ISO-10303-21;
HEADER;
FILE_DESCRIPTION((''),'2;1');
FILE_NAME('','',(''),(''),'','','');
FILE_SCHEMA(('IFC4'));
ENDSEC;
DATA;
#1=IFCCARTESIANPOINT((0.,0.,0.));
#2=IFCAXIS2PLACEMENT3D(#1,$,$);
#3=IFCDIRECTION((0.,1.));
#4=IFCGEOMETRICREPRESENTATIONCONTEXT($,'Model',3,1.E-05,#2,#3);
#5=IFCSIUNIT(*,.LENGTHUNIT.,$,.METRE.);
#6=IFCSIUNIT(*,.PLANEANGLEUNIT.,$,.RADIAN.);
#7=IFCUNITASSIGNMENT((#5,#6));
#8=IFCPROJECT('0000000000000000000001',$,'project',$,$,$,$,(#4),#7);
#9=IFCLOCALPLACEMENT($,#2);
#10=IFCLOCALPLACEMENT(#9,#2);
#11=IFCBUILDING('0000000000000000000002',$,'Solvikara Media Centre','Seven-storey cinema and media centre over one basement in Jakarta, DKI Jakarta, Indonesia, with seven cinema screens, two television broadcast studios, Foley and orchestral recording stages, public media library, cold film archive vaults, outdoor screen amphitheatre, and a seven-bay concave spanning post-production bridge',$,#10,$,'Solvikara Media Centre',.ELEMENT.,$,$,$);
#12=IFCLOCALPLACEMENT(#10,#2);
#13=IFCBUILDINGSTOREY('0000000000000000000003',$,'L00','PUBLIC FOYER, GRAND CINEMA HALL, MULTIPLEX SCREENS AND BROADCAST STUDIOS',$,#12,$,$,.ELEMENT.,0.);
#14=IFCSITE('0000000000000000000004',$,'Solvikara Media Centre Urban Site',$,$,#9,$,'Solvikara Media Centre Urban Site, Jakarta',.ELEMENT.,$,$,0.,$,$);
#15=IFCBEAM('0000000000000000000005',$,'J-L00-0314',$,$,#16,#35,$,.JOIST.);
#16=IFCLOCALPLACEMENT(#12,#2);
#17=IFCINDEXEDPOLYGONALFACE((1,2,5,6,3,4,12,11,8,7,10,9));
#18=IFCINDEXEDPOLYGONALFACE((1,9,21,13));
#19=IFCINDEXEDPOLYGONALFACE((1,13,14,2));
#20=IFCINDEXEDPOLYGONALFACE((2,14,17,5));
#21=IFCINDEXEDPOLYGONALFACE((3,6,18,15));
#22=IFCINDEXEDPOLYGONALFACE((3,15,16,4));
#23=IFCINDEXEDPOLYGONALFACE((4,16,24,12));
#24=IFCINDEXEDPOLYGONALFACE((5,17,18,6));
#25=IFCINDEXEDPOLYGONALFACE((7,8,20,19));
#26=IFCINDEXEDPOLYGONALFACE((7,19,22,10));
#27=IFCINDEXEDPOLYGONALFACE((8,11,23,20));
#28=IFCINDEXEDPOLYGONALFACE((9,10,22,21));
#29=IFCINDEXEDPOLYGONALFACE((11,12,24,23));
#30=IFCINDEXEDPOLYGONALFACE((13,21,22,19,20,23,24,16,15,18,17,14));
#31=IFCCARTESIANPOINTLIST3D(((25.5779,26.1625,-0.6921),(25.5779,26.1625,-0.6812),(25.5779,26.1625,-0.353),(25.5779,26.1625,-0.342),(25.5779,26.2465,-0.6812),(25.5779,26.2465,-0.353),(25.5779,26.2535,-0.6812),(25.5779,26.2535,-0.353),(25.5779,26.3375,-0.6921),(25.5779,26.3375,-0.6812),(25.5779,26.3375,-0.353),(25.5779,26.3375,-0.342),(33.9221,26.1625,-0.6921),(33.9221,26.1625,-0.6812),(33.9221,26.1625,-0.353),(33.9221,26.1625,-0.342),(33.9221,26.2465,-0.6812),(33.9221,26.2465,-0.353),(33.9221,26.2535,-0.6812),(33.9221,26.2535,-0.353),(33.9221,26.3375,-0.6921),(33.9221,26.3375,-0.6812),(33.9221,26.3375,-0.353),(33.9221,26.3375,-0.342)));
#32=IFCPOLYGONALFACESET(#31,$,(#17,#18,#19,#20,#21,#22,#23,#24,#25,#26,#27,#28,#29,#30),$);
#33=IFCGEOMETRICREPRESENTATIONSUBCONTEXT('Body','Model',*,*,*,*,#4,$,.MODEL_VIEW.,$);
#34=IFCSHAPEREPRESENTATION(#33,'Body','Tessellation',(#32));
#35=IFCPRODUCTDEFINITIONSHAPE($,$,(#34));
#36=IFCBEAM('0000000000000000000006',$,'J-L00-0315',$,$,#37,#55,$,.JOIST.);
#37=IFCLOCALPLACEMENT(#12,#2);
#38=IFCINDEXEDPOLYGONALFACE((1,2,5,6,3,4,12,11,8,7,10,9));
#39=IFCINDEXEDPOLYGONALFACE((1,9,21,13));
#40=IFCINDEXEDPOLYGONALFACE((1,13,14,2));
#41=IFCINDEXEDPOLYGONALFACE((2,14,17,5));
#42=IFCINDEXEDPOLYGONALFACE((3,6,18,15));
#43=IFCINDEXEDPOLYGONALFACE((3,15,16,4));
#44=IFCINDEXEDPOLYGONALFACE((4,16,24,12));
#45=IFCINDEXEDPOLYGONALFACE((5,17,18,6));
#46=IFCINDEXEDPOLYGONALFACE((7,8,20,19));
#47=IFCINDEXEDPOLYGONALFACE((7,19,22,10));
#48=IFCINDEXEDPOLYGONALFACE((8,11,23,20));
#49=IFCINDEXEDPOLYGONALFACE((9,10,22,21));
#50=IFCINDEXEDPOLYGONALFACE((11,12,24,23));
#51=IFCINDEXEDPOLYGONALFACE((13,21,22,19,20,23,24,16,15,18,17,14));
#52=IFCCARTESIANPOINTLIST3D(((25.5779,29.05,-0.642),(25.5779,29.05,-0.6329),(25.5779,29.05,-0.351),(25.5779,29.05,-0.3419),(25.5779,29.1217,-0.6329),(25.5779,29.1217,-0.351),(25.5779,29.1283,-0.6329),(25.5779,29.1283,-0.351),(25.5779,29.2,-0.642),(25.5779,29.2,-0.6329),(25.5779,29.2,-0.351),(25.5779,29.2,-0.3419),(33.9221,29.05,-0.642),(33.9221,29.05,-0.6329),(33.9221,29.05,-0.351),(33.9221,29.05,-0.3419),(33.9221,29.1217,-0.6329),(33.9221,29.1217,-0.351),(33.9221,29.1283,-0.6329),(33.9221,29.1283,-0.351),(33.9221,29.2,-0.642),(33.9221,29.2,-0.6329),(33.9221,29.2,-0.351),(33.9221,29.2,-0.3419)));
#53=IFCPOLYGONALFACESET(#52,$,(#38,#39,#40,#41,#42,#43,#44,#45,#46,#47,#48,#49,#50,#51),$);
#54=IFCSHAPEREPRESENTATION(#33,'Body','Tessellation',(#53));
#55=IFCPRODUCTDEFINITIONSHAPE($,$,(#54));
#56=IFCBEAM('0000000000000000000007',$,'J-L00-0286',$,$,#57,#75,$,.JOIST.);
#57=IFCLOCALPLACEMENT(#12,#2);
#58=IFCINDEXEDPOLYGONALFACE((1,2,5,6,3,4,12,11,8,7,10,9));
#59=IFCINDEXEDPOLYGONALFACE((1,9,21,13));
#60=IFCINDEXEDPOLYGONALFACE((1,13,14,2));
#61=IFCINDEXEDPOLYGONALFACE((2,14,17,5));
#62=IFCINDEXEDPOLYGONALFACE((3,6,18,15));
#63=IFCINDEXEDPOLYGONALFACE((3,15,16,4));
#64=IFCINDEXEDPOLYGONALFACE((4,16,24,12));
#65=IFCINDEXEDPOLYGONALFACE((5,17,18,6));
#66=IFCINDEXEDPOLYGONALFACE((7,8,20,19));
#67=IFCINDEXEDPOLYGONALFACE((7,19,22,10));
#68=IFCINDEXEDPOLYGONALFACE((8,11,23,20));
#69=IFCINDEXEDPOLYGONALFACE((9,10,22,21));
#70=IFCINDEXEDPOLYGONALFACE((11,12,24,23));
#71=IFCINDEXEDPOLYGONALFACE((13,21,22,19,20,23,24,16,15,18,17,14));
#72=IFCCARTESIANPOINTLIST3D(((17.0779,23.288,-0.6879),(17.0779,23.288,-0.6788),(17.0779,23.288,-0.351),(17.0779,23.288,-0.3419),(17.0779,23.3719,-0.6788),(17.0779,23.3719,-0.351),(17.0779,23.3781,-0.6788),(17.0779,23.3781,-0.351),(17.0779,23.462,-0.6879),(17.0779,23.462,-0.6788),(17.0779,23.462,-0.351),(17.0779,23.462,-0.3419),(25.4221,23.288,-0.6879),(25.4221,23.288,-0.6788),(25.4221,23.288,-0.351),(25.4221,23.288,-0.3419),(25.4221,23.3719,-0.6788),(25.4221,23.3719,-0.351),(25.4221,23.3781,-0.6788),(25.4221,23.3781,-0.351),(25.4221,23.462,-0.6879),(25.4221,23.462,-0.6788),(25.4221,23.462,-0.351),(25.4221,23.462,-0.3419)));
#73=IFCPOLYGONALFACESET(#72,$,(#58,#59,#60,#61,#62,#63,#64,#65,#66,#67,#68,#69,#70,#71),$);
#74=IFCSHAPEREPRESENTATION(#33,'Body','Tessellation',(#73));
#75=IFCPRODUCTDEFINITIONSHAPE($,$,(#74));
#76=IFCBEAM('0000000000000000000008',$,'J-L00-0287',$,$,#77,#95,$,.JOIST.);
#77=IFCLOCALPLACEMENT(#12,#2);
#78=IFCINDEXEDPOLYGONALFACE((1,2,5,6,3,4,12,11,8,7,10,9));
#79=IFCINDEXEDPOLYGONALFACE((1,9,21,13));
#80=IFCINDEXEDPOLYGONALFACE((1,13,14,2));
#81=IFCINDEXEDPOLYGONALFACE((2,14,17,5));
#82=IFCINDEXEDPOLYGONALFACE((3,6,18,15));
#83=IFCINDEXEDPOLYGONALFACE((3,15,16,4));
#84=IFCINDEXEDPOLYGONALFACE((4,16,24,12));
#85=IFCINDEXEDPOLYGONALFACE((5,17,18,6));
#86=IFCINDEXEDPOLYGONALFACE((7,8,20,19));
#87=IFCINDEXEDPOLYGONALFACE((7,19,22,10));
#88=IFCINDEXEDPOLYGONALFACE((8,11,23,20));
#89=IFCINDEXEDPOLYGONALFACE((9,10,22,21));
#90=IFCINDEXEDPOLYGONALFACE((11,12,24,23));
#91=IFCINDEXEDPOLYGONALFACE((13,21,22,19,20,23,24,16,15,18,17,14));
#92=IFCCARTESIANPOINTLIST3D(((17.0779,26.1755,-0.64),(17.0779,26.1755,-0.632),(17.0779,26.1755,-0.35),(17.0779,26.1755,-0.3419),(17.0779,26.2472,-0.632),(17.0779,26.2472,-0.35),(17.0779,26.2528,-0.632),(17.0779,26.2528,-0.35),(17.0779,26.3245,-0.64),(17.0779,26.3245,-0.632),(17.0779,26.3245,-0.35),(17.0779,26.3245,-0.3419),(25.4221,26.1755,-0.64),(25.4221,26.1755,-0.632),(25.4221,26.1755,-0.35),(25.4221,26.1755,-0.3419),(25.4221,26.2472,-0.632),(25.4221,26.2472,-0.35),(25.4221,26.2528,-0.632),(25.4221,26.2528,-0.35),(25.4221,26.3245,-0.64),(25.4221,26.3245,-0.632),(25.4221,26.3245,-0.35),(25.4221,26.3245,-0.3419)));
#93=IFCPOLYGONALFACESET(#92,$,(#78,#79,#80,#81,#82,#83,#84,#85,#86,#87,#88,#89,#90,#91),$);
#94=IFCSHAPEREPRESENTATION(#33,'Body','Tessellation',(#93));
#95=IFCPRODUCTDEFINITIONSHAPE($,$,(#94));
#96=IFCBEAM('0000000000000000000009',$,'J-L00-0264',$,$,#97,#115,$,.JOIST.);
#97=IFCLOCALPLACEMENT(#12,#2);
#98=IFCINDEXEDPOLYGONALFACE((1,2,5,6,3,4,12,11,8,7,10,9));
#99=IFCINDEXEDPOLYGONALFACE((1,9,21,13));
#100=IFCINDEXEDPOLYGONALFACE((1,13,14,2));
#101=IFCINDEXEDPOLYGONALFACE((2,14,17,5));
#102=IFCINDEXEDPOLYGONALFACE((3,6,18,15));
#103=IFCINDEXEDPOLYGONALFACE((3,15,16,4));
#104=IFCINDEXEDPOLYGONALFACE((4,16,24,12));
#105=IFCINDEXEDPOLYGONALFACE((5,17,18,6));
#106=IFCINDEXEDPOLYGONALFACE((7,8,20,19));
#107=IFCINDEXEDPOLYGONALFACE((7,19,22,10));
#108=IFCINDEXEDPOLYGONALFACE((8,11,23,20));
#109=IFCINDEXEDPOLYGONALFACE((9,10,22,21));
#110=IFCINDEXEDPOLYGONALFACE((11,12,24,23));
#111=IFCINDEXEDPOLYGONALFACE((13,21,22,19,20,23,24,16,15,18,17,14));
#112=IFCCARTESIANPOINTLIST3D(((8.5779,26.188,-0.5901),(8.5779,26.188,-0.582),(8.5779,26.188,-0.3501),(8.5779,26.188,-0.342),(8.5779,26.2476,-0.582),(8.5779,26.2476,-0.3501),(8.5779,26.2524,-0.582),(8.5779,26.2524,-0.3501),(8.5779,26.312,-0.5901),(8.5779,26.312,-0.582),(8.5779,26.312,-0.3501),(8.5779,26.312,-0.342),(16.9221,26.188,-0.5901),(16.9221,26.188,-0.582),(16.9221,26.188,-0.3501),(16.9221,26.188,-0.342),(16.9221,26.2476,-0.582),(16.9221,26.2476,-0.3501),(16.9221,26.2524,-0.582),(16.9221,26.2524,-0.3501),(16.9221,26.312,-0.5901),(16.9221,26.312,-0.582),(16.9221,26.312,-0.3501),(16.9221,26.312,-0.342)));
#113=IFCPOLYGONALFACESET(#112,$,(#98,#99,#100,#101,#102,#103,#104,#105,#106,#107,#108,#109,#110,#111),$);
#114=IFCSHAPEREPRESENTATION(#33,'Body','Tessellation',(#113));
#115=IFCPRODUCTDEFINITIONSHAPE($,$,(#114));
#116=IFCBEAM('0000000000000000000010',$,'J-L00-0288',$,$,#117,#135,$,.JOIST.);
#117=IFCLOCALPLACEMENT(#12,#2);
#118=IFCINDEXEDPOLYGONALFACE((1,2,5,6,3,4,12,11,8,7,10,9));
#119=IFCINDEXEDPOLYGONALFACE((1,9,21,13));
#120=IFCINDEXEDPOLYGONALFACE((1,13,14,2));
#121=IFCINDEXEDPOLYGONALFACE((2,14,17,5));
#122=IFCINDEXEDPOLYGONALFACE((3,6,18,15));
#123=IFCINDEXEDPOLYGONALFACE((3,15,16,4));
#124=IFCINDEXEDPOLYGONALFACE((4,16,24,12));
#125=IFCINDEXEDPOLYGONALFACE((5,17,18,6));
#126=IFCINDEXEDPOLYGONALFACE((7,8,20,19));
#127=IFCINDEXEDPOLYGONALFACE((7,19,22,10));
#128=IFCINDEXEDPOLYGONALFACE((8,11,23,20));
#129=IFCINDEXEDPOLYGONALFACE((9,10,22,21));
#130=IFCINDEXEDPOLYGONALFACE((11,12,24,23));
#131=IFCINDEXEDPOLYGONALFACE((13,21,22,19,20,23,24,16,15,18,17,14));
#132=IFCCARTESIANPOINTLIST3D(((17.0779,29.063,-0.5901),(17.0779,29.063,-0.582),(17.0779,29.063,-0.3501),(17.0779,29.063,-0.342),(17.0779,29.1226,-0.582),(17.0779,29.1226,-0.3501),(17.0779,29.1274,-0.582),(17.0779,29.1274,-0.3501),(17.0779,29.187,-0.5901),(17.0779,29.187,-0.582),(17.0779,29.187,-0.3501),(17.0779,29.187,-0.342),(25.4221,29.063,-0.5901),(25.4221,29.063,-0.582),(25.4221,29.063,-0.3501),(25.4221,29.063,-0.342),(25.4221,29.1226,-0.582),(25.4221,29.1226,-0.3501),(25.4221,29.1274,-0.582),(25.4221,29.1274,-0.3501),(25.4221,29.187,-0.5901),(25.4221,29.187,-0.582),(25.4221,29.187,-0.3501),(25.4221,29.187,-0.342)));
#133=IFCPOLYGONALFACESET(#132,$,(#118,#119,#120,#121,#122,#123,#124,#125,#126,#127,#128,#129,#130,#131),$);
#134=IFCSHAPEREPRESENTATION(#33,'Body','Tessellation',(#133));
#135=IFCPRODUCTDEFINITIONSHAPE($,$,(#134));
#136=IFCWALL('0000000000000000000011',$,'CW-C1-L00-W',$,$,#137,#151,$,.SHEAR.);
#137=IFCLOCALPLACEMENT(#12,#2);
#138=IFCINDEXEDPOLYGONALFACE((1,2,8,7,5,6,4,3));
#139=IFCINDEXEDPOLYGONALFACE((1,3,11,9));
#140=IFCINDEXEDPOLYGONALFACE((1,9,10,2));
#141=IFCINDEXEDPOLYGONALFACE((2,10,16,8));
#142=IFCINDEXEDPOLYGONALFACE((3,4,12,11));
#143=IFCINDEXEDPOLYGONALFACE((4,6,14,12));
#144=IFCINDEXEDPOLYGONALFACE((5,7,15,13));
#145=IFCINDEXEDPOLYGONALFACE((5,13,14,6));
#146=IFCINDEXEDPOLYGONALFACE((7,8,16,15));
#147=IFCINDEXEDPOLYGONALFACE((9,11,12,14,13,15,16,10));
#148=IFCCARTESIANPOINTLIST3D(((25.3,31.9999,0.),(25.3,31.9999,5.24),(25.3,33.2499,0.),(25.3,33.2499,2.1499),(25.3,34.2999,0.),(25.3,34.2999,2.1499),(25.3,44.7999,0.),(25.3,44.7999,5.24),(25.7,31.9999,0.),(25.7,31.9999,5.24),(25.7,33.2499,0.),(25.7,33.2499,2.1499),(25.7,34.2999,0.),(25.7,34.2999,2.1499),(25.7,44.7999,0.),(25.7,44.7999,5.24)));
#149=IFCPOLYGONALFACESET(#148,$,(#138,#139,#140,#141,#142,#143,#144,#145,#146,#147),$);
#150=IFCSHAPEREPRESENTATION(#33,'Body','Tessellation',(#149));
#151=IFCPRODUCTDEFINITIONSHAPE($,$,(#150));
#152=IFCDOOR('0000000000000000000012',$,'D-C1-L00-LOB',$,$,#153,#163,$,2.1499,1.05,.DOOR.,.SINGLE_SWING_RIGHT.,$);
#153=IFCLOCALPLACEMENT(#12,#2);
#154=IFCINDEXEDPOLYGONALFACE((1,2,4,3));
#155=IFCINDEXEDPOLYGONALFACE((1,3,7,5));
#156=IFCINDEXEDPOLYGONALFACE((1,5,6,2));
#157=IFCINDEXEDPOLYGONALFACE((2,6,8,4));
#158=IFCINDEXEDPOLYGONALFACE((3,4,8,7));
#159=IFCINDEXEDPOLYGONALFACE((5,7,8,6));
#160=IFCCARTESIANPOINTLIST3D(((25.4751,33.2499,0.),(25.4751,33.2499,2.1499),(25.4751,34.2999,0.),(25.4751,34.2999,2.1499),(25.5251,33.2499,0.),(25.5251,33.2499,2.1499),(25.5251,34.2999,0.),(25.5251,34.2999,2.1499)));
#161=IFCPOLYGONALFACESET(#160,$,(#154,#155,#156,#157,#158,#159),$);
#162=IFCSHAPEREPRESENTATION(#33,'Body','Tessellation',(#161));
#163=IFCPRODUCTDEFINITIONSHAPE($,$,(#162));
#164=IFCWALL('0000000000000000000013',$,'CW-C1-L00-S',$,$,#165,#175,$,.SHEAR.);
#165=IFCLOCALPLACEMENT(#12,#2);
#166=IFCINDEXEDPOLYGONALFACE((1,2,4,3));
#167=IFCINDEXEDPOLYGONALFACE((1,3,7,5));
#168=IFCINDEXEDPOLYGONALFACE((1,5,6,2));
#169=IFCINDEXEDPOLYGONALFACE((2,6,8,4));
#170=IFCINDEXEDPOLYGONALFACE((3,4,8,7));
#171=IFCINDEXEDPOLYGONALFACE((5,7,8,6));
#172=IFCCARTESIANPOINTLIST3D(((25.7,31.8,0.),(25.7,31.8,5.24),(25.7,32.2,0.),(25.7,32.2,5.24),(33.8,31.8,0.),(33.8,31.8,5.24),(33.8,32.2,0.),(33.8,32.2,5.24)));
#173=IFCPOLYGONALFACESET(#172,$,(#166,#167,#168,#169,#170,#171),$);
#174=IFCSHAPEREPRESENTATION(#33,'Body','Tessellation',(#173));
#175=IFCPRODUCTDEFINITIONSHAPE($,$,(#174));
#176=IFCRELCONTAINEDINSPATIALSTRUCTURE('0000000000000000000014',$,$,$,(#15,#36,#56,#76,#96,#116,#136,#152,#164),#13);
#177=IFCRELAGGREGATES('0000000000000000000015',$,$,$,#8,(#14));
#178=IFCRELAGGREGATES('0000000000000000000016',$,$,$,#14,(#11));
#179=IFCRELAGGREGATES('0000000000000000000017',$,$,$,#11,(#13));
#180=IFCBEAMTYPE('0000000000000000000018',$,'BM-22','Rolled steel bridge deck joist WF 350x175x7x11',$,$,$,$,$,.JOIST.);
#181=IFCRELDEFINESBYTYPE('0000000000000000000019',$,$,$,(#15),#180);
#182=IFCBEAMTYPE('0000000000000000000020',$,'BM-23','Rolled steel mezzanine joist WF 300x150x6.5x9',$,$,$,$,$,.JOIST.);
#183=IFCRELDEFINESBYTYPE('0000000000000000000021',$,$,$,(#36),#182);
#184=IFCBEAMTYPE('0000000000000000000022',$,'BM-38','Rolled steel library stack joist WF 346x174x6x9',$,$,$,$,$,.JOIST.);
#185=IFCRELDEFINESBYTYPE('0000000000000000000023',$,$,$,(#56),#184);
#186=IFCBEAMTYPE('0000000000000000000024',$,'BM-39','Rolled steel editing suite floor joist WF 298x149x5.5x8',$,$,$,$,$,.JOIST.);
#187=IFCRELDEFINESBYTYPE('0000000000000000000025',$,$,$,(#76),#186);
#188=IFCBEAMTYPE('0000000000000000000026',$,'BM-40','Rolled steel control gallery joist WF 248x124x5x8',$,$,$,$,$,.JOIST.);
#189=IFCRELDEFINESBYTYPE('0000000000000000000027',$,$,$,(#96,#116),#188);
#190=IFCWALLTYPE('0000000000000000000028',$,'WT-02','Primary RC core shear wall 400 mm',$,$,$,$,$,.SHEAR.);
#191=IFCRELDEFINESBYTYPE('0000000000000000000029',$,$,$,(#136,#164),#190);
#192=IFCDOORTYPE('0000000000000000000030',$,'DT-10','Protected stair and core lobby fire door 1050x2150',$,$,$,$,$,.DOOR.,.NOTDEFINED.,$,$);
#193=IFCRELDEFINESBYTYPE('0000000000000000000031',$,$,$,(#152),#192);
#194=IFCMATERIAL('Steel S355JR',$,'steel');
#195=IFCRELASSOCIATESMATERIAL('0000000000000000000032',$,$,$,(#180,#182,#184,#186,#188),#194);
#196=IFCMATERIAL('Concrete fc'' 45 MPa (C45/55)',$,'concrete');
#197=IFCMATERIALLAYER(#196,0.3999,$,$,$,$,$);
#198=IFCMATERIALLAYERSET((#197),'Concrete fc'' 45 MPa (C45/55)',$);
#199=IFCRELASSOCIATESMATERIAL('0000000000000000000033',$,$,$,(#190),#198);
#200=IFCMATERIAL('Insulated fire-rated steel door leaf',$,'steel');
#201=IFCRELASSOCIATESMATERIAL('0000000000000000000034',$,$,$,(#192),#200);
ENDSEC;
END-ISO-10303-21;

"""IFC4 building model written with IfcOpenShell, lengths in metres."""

from ifc_helpers import new_model, si_unit, direction, frame, frame_2d, origin, origin_2d, place, context, subcontext, project, spatial, rectangle, i_section, extrude, material, layer, layer_set, material_profile, profile_set, type_object, element, fill, save


model = new_model("IFC4")

# Units and contexts
model_context = context("Model", 3, precision=1e-05, world=origin(), true_north=direction((0.0, 1.0)))
body_context = subcontext(model_context, "Body", "Model", "MODEL_VIEW")
ifc_project = project(units=[si_unit("LENGTHUNIT", "METRE"), si_unit("PLANEANGLEUNIT", "RADIAN")], contexts=[model_context])

# Site, building, storey
site_placement = place(None, origin())
site = spatial("IfcSite", under=ifc_project, at=site_placement, Name="Solvikara Media Centre Urban Site", LongName="Solvikara Media Centre Urban Site, Jakarta", CompositionType="ELEMENT", RefElevation=0.0)
building_placement = place(site_placement, origin())
building = spatial("IfcBuilding", under=site, at=building_placement, Name="Solvikara Media Centre", Description="Seven-storey cinema and media centre over one basement in Jakarta, DKI Jakarta, Indonesia, with seven cinema screens, two television broadcast studios, Foley and orchestral recording stages, public media library, cold film archive vaults, outdoor screen amphitheatre, and a seven-bay concave spanning post-production bridge", LongName="Solvikara Media Centre", CompositionType="ELEMENT")
storey_placement = place(building_placement, origin())
storey = spatial("IfcBuildingStorey", under=building, at=storey_placement, Name="L00", Description="PUBLIC FOYER, GRAND CINEMA HALL, MULTIPLEX SCREENS AND BROADCAST STUDIOS", CompositionType="ELEMENT", Elevation=0.0)

# Shared definitions
ifc_material_1 = material(Name="Concrete fc' 45 MPa (C45/55)", Category="concrete")

# Beams
ifc_material_2 = material(Name="Steel S355JR", Category="steel")
ifc_material_profile_1 = material_profile(ifc_material_2, i_section(OverallWidth=0.175, OverallDepth=0.3501, WebThickness=0.0071, FlangeThickness=0.011, at=origin_2d()), Name="WF 350x175x7x11")
ifc_profile_set_1 = profile_set([ifc_material_profile_1], Name="Steel S355JR")
beam_type_1 = type_object("IfcBeamType", Name="BM-22", Description="Rolled steel bridge deck joist WF 350x175x7x11", PredefinedType="JOIST", material=ifc_profile_set_1)
for number, where, z_axis, x_axis, name in (
    (1, (25.5779, 26.25, -0.5171), (1.0, 0.0, 0.0), (0.0, 1.0, 0.0), "J-L00-0314"),
):
    element("IfcBeam", number, at=place(storey_placement, frame(where, z_axis=z_axis, x_axis=x_axis)), inside=storey, type_object=beam_type_1, Name=name, PredefinedType="JOIST", context=body_context, shape_type="SweptSolid", body=[
        extrude(i_section(OverallWidth=0.175, OverallDepth=0.3501, WebThickness=0.0071, FlangeThickness=0.011, at=origin_2d()), origin(), (0.0, 0.0, 1.0), 8.3442),
    ])
ifc_material_profile_2 = material_profile(ifc_material_2, i_section(OverallWidth=0.1499, OverallDepth=0.3, WebThickness=0.0066, FlangeThickness=0.009, at=origin_2d()), Name="WF 300x150x6.5x9")
ifc_profile_set_2 = profile_set([ifc_material_profile_2], Name="Steel S355JR")
beam_type_2 = type_object("IfcBeamType", Name="BM-23", Description="Rolled steel mezzanine joist WF 300x150x6.5x9", PredefinedType="JOIST", material=ifc_profile_set_2)
beam_1_placement = place(storey_placement, frame((25.5779, 29.125, -0.4919), z_axis=(1.0, 0.0, 0.0), x_axis=(0.0, 1.0, 0.0)))
element("IfcBeam", 2, at=beam_1_placement, inside=storey, type_object=beam_type_2, Name="J-L00-0315", PredefinedType="JOIST", context=body_context, shape_type="SweptSolid", body=[
    extrude(i_section(OverallWidth=0.1499, OverallDepth=0.3, WebThickness=0.0066, FlangeThickness=0.009, at=origin_2d()), origin(), (0.0, 0.0, 1.0), 8.3442),
])
ifc_material_profile_3 = material_profile(ifc_material_2, i_section(OverallWidth=0.1741, OverallDepth=0.3459, WebThickness=0.0061, FlangeThickness=0.009, at=origin_2d()), Name="WF 346x174x6x9")
ifc_profile_set_3 = profile_set([ifc_material_profile_3], Name="Steel S355JR")
beam_type_3 = type_object("IfcBeamType", Name="BM-38", Description="Rolled steel library stack joist WF 346x174x6x9", PredefinedType="JOIST", material=ifc_profile_set_3)
beam_2_placement = place(storey_placement, frame((17.0779, 23.375, -0.5149), z_axis=(1.0, 0.0, 0.0), x_axis=(0.0, 1.0, 0.0)))
element("IfcBeam", 3, at=beam_2_placement, inside=storey, type_object=beam_type_3, Name="J-L00-0286", PredefinedType="JOIST", context=body_context, shape_type="SweptSolid", body=[
    extrude(i_section(OverallWidth=0.1741, OverallDepth=0.3459, WebThickness=0.0061, FlangeThickness=0.009, at=origin_2d()), origin(), (0.0, 0.0, 1.0), 8.3442),
])
ifc_material_profile_4 = material_profile(ifc_material_2, i_section(OverallWidth=0.1489, OverallDepth=0.2981, WebThickness=0.0056, FlangeThickness=0.0081, at=origin_2d()), Name="WF 298x149x5.5x8")
ifc_profile_set_4 = profile_set([ifc_material_profile_4], Name="Steel S355JR")
beam_type_4 = type_object("IfcBeamType", Name="BM-39", Description="Rolled steel editing suite floor joist WF 298x149x5.5x8", PredefinedType="JOIST", material=ifc_profile_set_4)
beam_3_placement = place(storey_placement, frame((17.0779, 26.25, -0.491), z_axis=(1.0, 0.0, 0.0), x_axis=(0.0, 1.0, 0.0)))
element("IfcBeam", 4, at=beam_3_placement, inside=storey, type_object=beam_type_4, Name="J-L00-0287", PredefinedType="JOIST", context=body_context, shape_type="SweptSolid", body=[
    extrude(i_section(OverallWidth=0.1489, OverallDepth=0.2981, WebThickness=0.0056, FlangeThickness=0.0081, at=origin_2d()), origin(), (0.0, 0.0, 1.0), 8.3442),
])
ifc_material_profile_5 = material_profile(ifc_material_2, i_section(OverallWidth=0.124, OverallDepth=0.248, WebThickness=0.0049, FlangeThickness=0.0081, at=origin_2d()), Name="WF 248x124x5x8")
ifc_profile_set_5 = profile_set([ifc_material_profile_5], Name="Steel S355JR")
beam_type_5 = type_object("IfcBeamType", Name="BM-40", Description="Rolled steel control gallery joist WF 248x124x5x8", PredefinedType="JOIST", material=ifc_profile_set_5)
for number, where, z_axis, x_axis, name in (
    (5, (8.5779, 26.25, -0.4661), (1.0, 0.0, 0.0), (0.0, 1.0, 0.0), "J-L00-0264"),
    (6, (17.0779, 29.125, -0.4661), (1.0, 0.0, 0.0), (0.0, 1.0, 0.0), "J-L00-0288"),
):
    element("IfcBeam", number, at=place(storey_placement, frame(where, z_axis=z_axis, x_axis=x_axis)), inside=storey, type_object=beam_type_5, Name=name, PredefinedType="JOIST", context=body_context, shape_type="SweptSolid", body=[
        extrude(i_section(OverallWidth=0.124, OverallDepth=0.248, WebThickness=0.0049, FlangeThickness=0.0081, at=origin_2d()), origin(), (0.0, 0.0, 1.0), 8.3442),
    ])

# Wall, opening, door
ifc_layer_1 = layer(ifc_material_1, 0.3999)
ifc_layer_set_1 = layer_set([ifc_layer_1], Name="Concrete fc' 45 MPa (C45/55)")
wall_type_1 = type_object("IfcWallType", Name="WT-02", Description="Primary RC core shear wall 400 mm", PredefinedType="SHEAR", material=ifc_layer_set_1)
wall_1_placement = place(storey_placement, frame((25.5, 32.0, 0.0), z_axis=(0.0, 0.0, 1.0), x_axis=(0.0, 1.0, 0.0)))
wall_1 = element("IfcWall", 7, at=wall_1_placement, inside=storey, type_object=wall_type_1, Name="CW-C1-L00-W", PredefinedType="SHEAR", context=body_context, shape_type="SweptSolid", body=[
    extrude(rectangle(XDim=12.8, YDim=0.3999, at=frame_2d((6.3999, 0.0))), origin(), (0.0, 0.0, 1.0), 5.24),
])
opening_1_placement = place(wall_1_placement, frame((1.25, 0.0, 0.0)))
opening_1 = element("IfcOpeningElement", 8, at=opening_1_placement, cuts=wall_1, PredefinedType="OPENING", context=body_context, shape_type="SweptSolid", body=[
    extrude(rectangle(XDim=1.05, YDim=2.1499, at=frame_2d((0.5249, 1.075))), frame((0.0, 0.2119, 0.0), z_axis=(0.0, -1.0, 0.0), x_axis=(1.0, 0.0, 0.0)), (0.0, 0.0, 1.0), 0.4238),
])
ifc_material_3 = material(Name="Insulated fire-rated steel door leaf", Category="steel")
door_type_1 = type_object("IfcDoorType", Name="DT-10", Description="Protected stair and core lobby fire door 1050x2150", OperationType="NOTDEFINED", PredefinedType="DOOR", material=ifc_material_3)
door_1_placement = place(opening_1_placement, origin())
door_1 = element("IfcDoor", 9, at=door_1_placement, inside=storey, type_object=door_type_1, Name="D-C1-L00-LOB", OperationType="SINGLE_SWING_RIGHT", OverallHeight=2.1499, OverallWidth=1.05, PredefinedType="DOOR", context=body_context, shape_type="SweptSolid", body=[
    extrude(rectangle(XDim=1.05, YDim=2.1499, at=frame_2d((0.5249, 1.075))), frame((0.0, 0.0249, 0.0), z_axis=(0.0, -1.0, 0.0), x_axis=(1.0, 0.0, 0.0)), (0.0, 0.0, 1.0), 0.05),
])
fill(opening_1, door_1)

# Wall
wall_2_placement = place(storey_placement, frame((25.7, 32.0, 0.0), z_axis=(0.0, 0.0, 1.0), x_axis=(1.0, 0.0, 0.0)))
element("IfcWall", 10, at=wall_2_placement, inside=storey, type_object=wall_type_1, Name="CW-C1-L00-S", PredefinedType="SHEAR", context=body_context, shape_type="SweptSolid", body=[
    extrude(rectangle(XDim=8.1001, YDim=0.3999, at=frame_2d((4.05, 0.0))), origin(), (0.0, 0.0, 1.0), 5.24),
])

save(model, "model.ifc")
